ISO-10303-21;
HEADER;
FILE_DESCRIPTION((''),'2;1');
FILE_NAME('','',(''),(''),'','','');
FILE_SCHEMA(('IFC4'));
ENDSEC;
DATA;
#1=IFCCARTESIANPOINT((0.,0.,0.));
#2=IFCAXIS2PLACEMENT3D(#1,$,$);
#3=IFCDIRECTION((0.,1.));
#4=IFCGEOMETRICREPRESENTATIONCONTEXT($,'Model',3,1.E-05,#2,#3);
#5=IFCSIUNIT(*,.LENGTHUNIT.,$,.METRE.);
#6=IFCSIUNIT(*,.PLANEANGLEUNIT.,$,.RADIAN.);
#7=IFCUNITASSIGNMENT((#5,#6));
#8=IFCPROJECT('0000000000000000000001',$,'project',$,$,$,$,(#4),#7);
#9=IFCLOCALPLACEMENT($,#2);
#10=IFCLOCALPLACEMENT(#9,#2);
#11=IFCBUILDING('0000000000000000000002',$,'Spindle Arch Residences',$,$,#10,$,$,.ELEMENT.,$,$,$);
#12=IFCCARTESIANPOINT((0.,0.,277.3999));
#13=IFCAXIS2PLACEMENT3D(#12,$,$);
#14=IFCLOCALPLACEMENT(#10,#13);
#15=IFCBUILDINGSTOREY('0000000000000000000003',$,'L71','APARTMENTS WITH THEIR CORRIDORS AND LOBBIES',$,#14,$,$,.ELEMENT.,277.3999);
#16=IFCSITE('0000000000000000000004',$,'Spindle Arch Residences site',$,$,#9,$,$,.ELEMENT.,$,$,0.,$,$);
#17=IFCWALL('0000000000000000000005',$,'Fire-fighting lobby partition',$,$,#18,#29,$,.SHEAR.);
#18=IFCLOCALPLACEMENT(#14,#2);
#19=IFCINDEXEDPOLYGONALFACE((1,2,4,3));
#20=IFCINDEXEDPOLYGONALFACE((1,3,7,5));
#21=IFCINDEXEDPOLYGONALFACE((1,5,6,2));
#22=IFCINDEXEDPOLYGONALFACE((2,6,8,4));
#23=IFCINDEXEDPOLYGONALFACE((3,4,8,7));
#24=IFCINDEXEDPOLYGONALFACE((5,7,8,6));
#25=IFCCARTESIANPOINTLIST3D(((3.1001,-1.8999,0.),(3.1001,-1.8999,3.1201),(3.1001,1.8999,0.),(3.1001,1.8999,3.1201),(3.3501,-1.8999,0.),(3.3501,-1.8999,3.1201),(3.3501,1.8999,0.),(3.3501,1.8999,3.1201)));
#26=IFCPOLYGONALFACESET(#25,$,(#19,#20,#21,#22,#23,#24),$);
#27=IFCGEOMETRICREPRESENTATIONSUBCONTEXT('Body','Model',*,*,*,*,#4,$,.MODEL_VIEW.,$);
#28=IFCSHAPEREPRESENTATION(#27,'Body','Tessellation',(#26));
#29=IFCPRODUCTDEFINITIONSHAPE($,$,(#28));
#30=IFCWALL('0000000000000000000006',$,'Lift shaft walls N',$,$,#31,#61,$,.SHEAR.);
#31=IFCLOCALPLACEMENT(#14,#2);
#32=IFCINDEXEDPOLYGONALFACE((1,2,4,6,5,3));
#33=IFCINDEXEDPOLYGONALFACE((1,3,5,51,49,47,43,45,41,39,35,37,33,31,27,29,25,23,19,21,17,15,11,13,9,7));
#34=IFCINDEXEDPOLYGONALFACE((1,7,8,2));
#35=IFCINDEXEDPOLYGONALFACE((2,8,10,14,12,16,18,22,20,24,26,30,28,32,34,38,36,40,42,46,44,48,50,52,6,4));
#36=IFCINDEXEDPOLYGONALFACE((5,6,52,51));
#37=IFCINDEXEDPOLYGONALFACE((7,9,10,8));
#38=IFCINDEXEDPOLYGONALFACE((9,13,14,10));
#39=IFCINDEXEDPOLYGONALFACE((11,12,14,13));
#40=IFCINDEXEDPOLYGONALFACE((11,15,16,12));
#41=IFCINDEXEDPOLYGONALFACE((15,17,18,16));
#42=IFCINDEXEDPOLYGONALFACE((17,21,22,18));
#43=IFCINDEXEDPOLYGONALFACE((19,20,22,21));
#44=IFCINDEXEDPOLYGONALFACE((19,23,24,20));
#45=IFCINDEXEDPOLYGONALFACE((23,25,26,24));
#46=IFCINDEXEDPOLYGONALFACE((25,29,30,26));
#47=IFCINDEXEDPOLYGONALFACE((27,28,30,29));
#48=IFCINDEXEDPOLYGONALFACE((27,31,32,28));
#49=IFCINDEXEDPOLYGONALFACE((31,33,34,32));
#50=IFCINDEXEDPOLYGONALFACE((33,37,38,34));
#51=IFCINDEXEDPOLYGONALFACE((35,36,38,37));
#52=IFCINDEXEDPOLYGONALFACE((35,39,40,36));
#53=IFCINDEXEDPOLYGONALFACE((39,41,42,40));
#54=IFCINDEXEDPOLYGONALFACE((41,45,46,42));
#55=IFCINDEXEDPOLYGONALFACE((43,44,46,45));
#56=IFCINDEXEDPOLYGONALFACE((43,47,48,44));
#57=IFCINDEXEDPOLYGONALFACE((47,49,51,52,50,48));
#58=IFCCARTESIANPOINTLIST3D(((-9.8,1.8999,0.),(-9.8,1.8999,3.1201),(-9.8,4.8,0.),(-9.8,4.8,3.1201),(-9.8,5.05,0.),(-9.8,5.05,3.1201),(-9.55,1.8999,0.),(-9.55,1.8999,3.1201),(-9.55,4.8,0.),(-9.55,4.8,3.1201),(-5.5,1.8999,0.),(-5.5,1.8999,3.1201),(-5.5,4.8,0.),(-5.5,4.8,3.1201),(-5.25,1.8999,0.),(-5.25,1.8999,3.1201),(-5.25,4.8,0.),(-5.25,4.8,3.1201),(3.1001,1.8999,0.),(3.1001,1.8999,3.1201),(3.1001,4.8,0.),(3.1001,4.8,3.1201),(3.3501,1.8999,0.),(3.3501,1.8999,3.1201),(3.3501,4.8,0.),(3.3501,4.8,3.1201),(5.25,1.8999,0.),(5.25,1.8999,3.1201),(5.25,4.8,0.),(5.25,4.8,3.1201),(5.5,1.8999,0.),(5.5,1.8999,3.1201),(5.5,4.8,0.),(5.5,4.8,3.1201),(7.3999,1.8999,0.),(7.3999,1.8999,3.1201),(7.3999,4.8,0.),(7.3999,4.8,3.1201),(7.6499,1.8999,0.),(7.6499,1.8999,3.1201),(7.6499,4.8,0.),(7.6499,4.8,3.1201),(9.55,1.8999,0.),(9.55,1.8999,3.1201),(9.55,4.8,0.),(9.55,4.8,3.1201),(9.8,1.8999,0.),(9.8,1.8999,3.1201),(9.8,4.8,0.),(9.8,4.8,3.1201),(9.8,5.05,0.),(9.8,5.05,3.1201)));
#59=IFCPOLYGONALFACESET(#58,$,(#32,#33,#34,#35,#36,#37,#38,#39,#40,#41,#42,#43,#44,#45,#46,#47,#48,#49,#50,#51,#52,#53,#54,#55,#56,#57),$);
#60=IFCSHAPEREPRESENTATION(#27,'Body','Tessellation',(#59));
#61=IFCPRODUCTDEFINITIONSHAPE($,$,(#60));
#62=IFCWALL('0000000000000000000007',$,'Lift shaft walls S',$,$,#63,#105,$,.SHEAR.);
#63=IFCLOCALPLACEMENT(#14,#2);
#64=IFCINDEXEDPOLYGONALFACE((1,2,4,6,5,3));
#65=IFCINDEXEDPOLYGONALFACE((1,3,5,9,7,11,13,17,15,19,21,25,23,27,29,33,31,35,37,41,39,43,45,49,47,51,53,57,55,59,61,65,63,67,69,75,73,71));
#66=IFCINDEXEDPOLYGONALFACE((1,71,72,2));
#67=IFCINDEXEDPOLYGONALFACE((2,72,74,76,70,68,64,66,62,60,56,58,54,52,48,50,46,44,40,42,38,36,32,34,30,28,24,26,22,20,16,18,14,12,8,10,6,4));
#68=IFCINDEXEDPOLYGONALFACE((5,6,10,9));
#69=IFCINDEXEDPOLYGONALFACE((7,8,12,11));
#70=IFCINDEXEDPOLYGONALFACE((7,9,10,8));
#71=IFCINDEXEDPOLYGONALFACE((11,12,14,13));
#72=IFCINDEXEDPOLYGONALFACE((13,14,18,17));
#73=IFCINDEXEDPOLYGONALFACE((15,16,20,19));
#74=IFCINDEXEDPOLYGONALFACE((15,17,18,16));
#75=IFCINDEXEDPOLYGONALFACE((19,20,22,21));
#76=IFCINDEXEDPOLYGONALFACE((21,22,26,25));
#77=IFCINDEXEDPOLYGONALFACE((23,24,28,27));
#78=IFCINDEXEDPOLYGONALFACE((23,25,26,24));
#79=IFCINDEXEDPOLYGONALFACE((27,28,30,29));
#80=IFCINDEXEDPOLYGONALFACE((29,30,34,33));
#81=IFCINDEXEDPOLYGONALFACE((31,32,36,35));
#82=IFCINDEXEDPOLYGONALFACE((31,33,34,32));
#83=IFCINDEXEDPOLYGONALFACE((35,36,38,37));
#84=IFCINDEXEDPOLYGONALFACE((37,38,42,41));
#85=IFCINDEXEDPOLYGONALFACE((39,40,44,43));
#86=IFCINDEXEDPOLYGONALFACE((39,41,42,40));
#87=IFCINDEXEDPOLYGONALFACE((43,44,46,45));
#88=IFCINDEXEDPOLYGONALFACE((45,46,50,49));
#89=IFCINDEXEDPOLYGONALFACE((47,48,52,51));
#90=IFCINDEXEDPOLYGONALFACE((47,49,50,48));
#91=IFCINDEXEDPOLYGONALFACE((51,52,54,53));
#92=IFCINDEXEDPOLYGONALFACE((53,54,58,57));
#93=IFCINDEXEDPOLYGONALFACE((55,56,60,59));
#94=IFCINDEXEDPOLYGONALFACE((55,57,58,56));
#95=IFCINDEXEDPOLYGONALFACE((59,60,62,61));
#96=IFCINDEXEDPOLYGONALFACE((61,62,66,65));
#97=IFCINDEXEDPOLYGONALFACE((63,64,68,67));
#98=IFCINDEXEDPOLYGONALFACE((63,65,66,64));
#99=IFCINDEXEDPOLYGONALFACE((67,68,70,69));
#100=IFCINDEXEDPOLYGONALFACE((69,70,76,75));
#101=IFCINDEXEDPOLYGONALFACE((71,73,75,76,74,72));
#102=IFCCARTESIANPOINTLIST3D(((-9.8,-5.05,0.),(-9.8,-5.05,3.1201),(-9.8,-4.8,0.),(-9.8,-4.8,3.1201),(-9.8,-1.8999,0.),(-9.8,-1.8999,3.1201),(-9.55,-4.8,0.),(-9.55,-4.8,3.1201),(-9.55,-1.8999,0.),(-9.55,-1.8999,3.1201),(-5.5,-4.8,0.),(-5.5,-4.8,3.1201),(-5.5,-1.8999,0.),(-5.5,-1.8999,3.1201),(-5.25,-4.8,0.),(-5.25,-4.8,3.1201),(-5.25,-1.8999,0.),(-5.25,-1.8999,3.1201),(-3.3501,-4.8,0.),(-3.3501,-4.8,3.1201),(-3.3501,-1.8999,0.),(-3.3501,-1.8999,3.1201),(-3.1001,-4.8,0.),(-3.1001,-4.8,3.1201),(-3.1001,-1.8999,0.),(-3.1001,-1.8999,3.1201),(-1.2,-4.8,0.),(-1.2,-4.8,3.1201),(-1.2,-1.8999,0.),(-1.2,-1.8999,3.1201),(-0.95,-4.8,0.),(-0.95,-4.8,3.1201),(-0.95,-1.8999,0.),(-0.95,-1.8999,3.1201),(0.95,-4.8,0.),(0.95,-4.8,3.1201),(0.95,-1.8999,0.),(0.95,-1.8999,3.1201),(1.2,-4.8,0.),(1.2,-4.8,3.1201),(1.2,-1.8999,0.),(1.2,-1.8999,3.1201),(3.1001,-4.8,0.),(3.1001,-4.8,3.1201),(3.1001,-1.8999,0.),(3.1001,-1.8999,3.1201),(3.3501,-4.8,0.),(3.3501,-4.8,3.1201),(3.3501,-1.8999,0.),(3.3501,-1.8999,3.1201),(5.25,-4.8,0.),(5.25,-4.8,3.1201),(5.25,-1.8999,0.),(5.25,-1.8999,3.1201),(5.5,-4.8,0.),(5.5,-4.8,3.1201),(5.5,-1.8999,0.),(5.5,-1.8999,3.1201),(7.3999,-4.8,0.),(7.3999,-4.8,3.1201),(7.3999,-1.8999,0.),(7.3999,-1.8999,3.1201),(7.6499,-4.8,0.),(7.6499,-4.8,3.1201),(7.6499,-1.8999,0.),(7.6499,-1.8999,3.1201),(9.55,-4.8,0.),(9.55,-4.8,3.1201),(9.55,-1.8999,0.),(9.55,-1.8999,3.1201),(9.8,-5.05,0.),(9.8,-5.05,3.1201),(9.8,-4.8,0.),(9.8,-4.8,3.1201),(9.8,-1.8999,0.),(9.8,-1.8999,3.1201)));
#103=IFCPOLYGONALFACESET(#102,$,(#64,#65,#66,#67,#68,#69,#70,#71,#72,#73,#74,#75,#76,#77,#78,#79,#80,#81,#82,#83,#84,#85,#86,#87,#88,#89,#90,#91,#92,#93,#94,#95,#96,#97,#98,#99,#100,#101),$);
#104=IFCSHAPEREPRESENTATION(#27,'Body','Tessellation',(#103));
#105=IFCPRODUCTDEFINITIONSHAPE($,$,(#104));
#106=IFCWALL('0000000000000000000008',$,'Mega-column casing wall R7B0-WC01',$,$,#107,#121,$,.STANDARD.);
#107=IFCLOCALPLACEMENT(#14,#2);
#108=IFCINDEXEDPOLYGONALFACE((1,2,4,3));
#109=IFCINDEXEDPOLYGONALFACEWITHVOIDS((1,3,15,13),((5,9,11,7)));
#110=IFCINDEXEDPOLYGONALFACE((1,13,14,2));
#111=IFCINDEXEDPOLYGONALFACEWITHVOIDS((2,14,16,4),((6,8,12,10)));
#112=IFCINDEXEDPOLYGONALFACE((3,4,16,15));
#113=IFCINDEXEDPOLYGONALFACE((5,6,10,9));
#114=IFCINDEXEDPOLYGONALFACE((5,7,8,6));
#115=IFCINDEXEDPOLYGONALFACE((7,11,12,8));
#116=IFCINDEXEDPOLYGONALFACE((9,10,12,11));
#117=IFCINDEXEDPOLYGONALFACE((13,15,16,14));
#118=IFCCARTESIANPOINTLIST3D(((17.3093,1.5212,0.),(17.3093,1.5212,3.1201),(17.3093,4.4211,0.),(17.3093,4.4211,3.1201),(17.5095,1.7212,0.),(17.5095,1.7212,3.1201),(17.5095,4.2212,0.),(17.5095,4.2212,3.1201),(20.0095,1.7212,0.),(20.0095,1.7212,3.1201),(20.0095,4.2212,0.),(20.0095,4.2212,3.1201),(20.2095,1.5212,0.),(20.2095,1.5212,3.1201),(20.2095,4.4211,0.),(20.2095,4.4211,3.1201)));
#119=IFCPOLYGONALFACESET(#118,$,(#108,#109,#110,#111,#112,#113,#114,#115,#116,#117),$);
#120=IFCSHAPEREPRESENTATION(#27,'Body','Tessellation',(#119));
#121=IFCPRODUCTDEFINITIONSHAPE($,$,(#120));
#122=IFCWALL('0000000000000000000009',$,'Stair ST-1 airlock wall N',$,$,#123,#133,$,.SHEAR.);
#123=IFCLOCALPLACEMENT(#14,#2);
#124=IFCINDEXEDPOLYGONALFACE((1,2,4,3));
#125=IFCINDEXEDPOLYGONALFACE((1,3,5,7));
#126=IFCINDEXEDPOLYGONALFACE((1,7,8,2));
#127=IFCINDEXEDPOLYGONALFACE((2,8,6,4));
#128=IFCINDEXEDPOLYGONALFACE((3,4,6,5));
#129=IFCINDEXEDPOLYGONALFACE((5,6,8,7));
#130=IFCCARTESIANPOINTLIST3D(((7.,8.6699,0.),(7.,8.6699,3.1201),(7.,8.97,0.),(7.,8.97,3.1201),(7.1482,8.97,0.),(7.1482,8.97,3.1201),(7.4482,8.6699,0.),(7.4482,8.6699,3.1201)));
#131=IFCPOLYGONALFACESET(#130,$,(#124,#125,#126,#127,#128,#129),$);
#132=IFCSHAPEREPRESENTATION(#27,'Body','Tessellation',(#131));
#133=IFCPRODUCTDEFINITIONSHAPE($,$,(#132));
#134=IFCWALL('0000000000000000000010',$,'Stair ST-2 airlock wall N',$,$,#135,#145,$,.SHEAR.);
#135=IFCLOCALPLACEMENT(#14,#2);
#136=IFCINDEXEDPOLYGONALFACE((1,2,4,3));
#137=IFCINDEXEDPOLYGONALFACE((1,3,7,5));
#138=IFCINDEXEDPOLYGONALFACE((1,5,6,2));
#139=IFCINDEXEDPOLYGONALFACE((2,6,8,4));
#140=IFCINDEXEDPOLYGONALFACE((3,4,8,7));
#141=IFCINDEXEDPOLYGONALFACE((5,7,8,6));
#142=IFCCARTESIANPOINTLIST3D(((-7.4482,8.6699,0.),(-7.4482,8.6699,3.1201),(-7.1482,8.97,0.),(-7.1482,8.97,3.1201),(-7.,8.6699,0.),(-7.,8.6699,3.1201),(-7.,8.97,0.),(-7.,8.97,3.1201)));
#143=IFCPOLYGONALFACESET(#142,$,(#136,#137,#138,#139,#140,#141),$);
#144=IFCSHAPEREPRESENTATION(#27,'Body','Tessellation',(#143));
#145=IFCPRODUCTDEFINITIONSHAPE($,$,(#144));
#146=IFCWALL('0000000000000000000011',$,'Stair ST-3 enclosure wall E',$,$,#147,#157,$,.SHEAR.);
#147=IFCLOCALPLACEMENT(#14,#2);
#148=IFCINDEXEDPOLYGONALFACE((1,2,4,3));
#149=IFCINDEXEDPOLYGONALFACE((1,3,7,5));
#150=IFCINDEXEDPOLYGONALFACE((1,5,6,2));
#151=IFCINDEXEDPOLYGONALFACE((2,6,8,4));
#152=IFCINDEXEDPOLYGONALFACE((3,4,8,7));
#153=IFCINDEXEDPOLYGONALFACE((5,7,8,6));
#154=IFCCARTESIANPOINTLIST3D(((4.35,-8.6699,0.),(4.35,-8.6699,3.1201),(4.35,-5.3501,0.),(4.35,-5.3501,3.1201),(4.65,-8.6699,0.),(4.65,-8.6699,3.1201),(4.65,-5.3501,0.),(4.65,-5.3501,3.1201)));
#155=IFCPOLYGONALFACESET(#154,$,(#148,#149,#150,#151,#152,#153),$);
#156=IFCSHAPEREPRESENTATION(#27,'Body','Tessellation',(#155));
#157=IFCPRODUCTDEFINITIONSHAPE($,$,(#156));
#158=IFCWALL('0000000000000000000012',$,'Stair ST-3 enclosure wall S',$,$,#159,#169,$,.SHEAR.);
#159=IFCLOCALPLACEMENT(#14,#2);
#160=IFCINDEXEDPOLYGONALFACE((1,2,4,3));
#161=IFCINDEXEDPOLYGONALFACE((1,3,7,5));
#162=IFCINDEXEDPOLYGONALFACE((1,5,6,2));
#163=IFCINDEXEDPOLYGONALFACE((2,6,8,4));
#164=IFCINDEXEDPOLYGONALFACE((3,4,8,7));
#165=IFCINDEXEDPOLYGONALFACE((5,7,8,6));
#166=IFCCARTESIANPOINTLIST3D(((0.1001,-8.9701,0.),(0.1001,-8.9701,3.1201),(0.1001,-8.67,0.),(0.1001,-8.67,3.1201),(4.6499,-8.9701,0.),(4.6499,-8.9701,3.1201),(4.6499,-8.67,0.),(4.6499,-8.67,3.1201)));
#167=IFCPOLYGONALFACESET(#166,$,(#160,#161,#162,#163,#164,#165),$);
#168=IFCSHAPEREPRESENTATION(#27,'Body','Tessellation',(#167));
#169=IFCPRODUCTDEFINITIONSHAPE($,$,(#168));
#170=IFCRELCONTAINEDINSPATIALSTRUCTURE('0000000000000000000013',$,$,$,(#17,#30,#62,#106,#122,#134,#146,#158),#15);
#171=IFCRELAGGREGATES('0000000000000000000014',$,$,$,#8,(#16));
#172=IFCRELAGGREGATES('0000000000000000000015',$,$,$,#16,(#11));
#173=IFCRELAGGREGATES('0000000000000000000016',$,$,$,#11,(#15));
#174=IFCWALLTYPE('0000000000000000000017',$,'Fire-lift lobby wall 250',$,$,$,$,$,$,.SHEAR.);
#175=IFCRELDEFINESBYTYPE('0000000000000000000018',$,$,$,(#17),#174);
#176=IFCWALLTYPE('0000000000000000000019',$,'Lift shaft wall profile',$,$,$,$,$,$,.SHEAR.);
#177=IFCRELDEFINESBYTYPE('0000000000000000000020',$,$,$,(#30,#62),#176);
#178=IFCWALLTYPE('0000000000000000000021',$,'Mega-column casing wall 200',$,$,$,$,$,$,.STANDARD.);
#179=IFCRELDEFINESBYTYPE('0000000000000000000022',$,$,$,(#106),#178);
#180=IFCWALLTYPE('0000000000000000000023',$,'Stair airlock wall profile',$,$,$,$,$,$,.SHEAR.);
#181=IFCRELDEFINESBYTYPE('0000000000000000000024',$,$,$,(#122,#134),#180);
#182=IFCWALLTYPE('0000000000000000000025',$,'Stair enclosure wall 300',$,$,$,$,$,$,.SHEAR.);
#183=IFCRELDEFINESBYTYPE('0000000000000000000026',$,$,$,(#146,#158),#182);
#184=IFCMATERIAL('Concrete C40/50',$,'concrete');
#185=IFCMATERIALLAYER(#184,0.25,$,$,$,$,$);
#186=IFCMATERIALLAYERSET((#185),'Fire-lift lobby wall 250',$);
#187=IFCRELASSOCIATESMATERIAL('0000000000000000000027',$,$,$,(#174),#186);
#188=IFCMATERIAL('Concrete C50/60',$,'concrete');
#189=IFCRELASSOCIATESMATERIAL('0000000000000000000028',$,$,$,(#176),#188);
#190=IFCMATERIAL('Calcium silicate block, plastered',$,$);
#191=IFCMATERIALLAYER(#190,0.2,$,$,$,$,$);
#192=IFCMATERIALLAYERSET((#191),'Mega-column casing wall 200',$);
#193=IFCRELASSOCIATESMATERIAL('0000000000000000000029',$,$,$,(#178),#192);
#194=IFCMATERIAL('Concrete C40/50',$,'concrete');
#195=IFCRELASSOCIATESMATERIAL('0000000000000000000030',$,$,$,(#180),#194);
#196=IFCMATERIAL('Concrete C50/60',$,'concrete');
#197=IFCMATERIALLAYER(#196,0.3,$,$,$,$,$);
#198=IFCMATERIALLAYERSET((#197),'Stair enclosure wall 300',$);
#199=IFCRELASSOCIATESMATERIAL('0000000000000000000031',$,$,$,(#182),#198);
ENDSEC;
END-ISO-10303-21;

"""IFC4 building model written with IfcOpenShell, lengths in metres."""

from ifc_helpers import new_model, si_unit, direction, frame, frame_2d, origin, place, context, subcontext, project, spatial, polyline, rectangle, outline, extrude, material, layer, layer_set, type_object, element, save


model = new_model("IFC4")

# Units and contexts
model_context = context("Model", 3, precision=1e-05, world=origin(), true_north=direction((0.0, 1.0)))
body_context = subcontext(model_context, "Body", "Model", "MODEL_VIEW")
ifc_project = project(units=[si_unit("LENGTHUNIT", "METRE"), si_unit("PLANEANGLEUNIT", "RADIAN")], contexts=[model_context])

# Site, building, storey
site_placement = place(None, origin())
site = spatial("IfcSite", under=ifc_project, at=site_placement, Name="Spindle Arch Residences site", CompositionType="ELEMENT", RefElevation=0.0)
building_placement = place(site_placement, origin())
building = spatial("IfcBuilding", under=site, at=building_placement, Name="Spindle Arch Residences", CompositionType="ELEMENT")
storey_placement = place(building_placement, frame((0.0, 0.0, 277.3999)))
storey = spatial("IfcBuildingStorey", under=building, at=storey_placement, Name="L71", Description="APARTMENTS WITH THEIR CORRIDORS AND LOBBIES", CompositionType="ELEMENT", Elevation=277.3999)

# Wall
ifc_material_1 = material(Name="Concrete C40/50", Category="concrete")
ifc_layer_1 = layer(ifc_material_1, 0.25)
ifc_layer_set_1 = layer_set([ifc_layer_1], Name="Fire-lift lobby wall 250")
wall_type_1 = type_object("IfcWallType", Name="Fire-lift lobby wall 250", PredefinedType="SHEAR", material=ifc_layer_set_1)
wall_1_placement = place(storey_placement, frame((3.2251, -1.8999, 0.0), z_axis=(0.0, 0.0, 1.0), x_axis=(0.0, 1.0, 0.0)))
element("IfcWall", 1, at=wall_1_placement, inside=storey, type_object=wall_type_1, Name="Fire-fighting lobby partition", PredefinedType="SHEAR", context=body_context, shape_type="SweptSolid", body=[
    extrude(rectangle(XDim=3.7998, YDim=0.25, at=frame_2d((1.8999, 0.0))), origin(), (0.0, 0.0, 1.0), 3.1201),
])

# Walls
ifc_material_2 = material(Name="Concrete C50/60", Category="concrete")
wall_type_2 = type_object("IfcWallType", Name="Lift shaft wall profile", PredefinedType="SHEAR", material=ifc_material_2)
wall_2_placement = place(storey_placement, origin())
element("IfcWall", 2, at=wall_2_placement, inside=storey, type_object=wall_type_2, Name="Lift shaft walls N", PredefinedType="SHEAR", context=body_context, shape_type="SweptSolid", body=[
    extrude(outline(polyline([(-9.8, 1.8999), (-9.55, 1.8999), (-9.55, 4.8), (-5.5, 4.8), (-5.5, 1.8999), (-5.25, 1.8999), (-5.25, 4.8), (3.1001, 4.8), (3.1001, 1.8999), (3.3501, 1.8999), (3.3501, 4.8), (5.25, 4.8), (5.25, 1.8999), (5.5, 1.8999), (5.5, 4.8), (7.3999, 4.8), (7.3999, 1.8999), (7.6499, 1.8999), (7.6499, 4.8), (9.55, 4.8), (9.55, 1.8999), (9.8, 1.8999), (9.8, 4.8), (9.8, 5.05), (-9.8, 5.05), (-9.8, 4.8), (-9.8, 1.8999)])), origin(), (0.0, 0.0, 1.0), 3.1201),
])
wall_3_placement = place(storey_placement, origin())
element("IfcWall", 3, at=wall_3_placement, inside=storey, type_object=wall_type_2, Name="Lift shaft walls S", PredefinedType="SHEAR", context=body_context, shape_type="SweptSolid", body=[
    extrude(outline(polyline([(9.8, -5.05), (9.8, -4.8), (9.8, -1.8999), (9.55, -1.8999), (9.55, -4.8), (7.6499, -4.8), (7.6499, -1.8999), (7.3999, -1.8999), (7.3999, -4.8), (5.5, -4.8), (5.5, -1.8999), (5.25, -1.8999), (5.25, -4.8), (3.3501, -4.8), (3.3501, -1.8999), (3.1001, -1.8999), (3.1001, -4.8), (1.2, -4.8), (1.2, -1.8999), (0.95, -1.8999), (0.95, -4.8), (-0.95, -4.8), (-0.95, -1.8999), (-1.2, -1.8999), (-1.2, -4.8), (-3.1001, -4.8), (-3.1001, -1.8999), (-3.3501, -1.8999), (-3.3501, -4.8), (-5.25, -4.8), (-5.25, -1.8999), (-5.5, -1.8999), (-5.5, -4.8), (-9.55, -4.8), (-9.55, -1.8999), (-9.8, -1.8999), (-9.8, -4.8), (-9.8, -5.05), (9.8, -5.05)])), origin(), (0.0, 0.0, 1.0), 3.1201),
])
ifc_material_3 = material(Name="Calcium silicate block, plastered")
ifc_layer_2 = layer(ifc_material_3, 0.2)
ifc_layer_set_2 = layer_set([ifc_layer_2], Name="Mega-column casing wall 200")
wall_type_3 = type_object("IfcWallType", Name="Mega-column casing wall 200", PredefinedType="STANDARD", material=ifc_layer_set_2)
wall_4_placement = place(storey_placement, origin())
element("IfcWall", 4, at=wall_4_placement, inside=storey, type_object=wall_type_3, Name="Mega-column casing wall R7B0-WC01", PredefinedType="STANDARD", context=body_context, shape_type="SweptSolid", body=[
    extrude(outline(polyline([(20.2095, 4.4211), (20.2095, 1.5212), (17.3093, 1.5212), (17.3093, 4.4211), (20.2095, 4.4211)]), holes=[polyline([(17.5095, 1.7212), (20.0095, 1.7212), (20.0095, 4.2212), (17.5095, 4.2212), (17.5095, 1.7212)])]), origin(), (0.0, 0.0, 1.0), 3.1201),
])
ifc_material_4 = material(Name="Concrete C40/50", Category="concrete")
wall_type_4 = type_object("IfcWallType", Name="Stair airlock wall profile", PredefinedType="SHEAR", material=ifc_material_4)
wall_5_placement = place(storey_placement, origin())
element("IfcWall", 5, at=wall_5_placement, inside=storey, type_object=wall_type_4, Name="Stair ST-1 airlock wall N", PredefinedType="SHEAR", context=body_context, shape_type="SweptSolid", body=[
    extrude(outline(polyline([(7.4482, 8.6699), (7.0, 8.6699), (7.0, 8.97), (7.1482, 8.97), (7.4482, 8.6699)])), origin(), (0.0, 0.0, 1.0), 3.1201),
])
wall_6_placement = place(storey_placement, origin())
element("IfcWall", 6, at=wall_6_placement, inside=storey, type_object=wall_type_4, Name="Stair ST-2 airlock wall N", PredefinedType="SHEAR", context=body_context, shape_type="SweptSolid", body=[
    extrude(outline(polyline([(-7.1482, 8.97), (-7.0, 8.97), (-7.0, 8.6699), (-7.4482, 8.6699), (-7.1482, 8.97)])), origin(), (0.0, 0.0, 1.0), 3.1201),
])
ifc_material_5 = material(Name="Concrete C50/60", Category="concrete")
ifc_layer_3 = layer(ifc_material_5, 0.3)
ifc_layer_set_3 = layer_set([ifc_layer_3], Name="Stair enclosure wall 300")
wall_type_5 = type_object("IfcWallType", Name="Stair enclosure wall 300", PredefinedType="SHEAR", material=ifc_layer_set_3)
wall_7_placement = place(storey_placement, frame((4.5, -8.6699, 0.0), z_axis=(0.0, 0.0, 1.0), x_axis=(0.0, 1.0, 0.0)))
element("IfcWall", 7, at=wall_7_placement, inside=storey, type_object=wall_type_5, Name="Stair ST-3 enclosure wall E", PredefinedType="SHEAR", context=body_context, shape_type="SweptSolid", body=[
    extrude(rectangle(XDim=3.3198, YDim=0.3, at=frame_2d((1.6599, 0.0))), origin(), (0.0, 0.0, 1.0), 3.1201),
])
wall_8_placement = place(storey_placement, frame((0.1001, -8.8201, 0.0), z_axis=(0.0, 0.0, 1.0), x_axis=(1.0, 0.0, 0.0)))
element("IfcWall", 8, at=wall_8_placement, inside=storey, type_object=wall_type_5, Name="Stair ST-3 enclosure wall S", PredefinedType="SHEAR", context=body_context, shape_type="SweptSolid", body=[
    extrude(rectangle(XDim=4.5498, YDim=0.3, at=frame_2d((2.2749, 0.0))), origin(), (0.0, 0.0, 1.0), 3.1201),
])

save(model, "model.ifc")
